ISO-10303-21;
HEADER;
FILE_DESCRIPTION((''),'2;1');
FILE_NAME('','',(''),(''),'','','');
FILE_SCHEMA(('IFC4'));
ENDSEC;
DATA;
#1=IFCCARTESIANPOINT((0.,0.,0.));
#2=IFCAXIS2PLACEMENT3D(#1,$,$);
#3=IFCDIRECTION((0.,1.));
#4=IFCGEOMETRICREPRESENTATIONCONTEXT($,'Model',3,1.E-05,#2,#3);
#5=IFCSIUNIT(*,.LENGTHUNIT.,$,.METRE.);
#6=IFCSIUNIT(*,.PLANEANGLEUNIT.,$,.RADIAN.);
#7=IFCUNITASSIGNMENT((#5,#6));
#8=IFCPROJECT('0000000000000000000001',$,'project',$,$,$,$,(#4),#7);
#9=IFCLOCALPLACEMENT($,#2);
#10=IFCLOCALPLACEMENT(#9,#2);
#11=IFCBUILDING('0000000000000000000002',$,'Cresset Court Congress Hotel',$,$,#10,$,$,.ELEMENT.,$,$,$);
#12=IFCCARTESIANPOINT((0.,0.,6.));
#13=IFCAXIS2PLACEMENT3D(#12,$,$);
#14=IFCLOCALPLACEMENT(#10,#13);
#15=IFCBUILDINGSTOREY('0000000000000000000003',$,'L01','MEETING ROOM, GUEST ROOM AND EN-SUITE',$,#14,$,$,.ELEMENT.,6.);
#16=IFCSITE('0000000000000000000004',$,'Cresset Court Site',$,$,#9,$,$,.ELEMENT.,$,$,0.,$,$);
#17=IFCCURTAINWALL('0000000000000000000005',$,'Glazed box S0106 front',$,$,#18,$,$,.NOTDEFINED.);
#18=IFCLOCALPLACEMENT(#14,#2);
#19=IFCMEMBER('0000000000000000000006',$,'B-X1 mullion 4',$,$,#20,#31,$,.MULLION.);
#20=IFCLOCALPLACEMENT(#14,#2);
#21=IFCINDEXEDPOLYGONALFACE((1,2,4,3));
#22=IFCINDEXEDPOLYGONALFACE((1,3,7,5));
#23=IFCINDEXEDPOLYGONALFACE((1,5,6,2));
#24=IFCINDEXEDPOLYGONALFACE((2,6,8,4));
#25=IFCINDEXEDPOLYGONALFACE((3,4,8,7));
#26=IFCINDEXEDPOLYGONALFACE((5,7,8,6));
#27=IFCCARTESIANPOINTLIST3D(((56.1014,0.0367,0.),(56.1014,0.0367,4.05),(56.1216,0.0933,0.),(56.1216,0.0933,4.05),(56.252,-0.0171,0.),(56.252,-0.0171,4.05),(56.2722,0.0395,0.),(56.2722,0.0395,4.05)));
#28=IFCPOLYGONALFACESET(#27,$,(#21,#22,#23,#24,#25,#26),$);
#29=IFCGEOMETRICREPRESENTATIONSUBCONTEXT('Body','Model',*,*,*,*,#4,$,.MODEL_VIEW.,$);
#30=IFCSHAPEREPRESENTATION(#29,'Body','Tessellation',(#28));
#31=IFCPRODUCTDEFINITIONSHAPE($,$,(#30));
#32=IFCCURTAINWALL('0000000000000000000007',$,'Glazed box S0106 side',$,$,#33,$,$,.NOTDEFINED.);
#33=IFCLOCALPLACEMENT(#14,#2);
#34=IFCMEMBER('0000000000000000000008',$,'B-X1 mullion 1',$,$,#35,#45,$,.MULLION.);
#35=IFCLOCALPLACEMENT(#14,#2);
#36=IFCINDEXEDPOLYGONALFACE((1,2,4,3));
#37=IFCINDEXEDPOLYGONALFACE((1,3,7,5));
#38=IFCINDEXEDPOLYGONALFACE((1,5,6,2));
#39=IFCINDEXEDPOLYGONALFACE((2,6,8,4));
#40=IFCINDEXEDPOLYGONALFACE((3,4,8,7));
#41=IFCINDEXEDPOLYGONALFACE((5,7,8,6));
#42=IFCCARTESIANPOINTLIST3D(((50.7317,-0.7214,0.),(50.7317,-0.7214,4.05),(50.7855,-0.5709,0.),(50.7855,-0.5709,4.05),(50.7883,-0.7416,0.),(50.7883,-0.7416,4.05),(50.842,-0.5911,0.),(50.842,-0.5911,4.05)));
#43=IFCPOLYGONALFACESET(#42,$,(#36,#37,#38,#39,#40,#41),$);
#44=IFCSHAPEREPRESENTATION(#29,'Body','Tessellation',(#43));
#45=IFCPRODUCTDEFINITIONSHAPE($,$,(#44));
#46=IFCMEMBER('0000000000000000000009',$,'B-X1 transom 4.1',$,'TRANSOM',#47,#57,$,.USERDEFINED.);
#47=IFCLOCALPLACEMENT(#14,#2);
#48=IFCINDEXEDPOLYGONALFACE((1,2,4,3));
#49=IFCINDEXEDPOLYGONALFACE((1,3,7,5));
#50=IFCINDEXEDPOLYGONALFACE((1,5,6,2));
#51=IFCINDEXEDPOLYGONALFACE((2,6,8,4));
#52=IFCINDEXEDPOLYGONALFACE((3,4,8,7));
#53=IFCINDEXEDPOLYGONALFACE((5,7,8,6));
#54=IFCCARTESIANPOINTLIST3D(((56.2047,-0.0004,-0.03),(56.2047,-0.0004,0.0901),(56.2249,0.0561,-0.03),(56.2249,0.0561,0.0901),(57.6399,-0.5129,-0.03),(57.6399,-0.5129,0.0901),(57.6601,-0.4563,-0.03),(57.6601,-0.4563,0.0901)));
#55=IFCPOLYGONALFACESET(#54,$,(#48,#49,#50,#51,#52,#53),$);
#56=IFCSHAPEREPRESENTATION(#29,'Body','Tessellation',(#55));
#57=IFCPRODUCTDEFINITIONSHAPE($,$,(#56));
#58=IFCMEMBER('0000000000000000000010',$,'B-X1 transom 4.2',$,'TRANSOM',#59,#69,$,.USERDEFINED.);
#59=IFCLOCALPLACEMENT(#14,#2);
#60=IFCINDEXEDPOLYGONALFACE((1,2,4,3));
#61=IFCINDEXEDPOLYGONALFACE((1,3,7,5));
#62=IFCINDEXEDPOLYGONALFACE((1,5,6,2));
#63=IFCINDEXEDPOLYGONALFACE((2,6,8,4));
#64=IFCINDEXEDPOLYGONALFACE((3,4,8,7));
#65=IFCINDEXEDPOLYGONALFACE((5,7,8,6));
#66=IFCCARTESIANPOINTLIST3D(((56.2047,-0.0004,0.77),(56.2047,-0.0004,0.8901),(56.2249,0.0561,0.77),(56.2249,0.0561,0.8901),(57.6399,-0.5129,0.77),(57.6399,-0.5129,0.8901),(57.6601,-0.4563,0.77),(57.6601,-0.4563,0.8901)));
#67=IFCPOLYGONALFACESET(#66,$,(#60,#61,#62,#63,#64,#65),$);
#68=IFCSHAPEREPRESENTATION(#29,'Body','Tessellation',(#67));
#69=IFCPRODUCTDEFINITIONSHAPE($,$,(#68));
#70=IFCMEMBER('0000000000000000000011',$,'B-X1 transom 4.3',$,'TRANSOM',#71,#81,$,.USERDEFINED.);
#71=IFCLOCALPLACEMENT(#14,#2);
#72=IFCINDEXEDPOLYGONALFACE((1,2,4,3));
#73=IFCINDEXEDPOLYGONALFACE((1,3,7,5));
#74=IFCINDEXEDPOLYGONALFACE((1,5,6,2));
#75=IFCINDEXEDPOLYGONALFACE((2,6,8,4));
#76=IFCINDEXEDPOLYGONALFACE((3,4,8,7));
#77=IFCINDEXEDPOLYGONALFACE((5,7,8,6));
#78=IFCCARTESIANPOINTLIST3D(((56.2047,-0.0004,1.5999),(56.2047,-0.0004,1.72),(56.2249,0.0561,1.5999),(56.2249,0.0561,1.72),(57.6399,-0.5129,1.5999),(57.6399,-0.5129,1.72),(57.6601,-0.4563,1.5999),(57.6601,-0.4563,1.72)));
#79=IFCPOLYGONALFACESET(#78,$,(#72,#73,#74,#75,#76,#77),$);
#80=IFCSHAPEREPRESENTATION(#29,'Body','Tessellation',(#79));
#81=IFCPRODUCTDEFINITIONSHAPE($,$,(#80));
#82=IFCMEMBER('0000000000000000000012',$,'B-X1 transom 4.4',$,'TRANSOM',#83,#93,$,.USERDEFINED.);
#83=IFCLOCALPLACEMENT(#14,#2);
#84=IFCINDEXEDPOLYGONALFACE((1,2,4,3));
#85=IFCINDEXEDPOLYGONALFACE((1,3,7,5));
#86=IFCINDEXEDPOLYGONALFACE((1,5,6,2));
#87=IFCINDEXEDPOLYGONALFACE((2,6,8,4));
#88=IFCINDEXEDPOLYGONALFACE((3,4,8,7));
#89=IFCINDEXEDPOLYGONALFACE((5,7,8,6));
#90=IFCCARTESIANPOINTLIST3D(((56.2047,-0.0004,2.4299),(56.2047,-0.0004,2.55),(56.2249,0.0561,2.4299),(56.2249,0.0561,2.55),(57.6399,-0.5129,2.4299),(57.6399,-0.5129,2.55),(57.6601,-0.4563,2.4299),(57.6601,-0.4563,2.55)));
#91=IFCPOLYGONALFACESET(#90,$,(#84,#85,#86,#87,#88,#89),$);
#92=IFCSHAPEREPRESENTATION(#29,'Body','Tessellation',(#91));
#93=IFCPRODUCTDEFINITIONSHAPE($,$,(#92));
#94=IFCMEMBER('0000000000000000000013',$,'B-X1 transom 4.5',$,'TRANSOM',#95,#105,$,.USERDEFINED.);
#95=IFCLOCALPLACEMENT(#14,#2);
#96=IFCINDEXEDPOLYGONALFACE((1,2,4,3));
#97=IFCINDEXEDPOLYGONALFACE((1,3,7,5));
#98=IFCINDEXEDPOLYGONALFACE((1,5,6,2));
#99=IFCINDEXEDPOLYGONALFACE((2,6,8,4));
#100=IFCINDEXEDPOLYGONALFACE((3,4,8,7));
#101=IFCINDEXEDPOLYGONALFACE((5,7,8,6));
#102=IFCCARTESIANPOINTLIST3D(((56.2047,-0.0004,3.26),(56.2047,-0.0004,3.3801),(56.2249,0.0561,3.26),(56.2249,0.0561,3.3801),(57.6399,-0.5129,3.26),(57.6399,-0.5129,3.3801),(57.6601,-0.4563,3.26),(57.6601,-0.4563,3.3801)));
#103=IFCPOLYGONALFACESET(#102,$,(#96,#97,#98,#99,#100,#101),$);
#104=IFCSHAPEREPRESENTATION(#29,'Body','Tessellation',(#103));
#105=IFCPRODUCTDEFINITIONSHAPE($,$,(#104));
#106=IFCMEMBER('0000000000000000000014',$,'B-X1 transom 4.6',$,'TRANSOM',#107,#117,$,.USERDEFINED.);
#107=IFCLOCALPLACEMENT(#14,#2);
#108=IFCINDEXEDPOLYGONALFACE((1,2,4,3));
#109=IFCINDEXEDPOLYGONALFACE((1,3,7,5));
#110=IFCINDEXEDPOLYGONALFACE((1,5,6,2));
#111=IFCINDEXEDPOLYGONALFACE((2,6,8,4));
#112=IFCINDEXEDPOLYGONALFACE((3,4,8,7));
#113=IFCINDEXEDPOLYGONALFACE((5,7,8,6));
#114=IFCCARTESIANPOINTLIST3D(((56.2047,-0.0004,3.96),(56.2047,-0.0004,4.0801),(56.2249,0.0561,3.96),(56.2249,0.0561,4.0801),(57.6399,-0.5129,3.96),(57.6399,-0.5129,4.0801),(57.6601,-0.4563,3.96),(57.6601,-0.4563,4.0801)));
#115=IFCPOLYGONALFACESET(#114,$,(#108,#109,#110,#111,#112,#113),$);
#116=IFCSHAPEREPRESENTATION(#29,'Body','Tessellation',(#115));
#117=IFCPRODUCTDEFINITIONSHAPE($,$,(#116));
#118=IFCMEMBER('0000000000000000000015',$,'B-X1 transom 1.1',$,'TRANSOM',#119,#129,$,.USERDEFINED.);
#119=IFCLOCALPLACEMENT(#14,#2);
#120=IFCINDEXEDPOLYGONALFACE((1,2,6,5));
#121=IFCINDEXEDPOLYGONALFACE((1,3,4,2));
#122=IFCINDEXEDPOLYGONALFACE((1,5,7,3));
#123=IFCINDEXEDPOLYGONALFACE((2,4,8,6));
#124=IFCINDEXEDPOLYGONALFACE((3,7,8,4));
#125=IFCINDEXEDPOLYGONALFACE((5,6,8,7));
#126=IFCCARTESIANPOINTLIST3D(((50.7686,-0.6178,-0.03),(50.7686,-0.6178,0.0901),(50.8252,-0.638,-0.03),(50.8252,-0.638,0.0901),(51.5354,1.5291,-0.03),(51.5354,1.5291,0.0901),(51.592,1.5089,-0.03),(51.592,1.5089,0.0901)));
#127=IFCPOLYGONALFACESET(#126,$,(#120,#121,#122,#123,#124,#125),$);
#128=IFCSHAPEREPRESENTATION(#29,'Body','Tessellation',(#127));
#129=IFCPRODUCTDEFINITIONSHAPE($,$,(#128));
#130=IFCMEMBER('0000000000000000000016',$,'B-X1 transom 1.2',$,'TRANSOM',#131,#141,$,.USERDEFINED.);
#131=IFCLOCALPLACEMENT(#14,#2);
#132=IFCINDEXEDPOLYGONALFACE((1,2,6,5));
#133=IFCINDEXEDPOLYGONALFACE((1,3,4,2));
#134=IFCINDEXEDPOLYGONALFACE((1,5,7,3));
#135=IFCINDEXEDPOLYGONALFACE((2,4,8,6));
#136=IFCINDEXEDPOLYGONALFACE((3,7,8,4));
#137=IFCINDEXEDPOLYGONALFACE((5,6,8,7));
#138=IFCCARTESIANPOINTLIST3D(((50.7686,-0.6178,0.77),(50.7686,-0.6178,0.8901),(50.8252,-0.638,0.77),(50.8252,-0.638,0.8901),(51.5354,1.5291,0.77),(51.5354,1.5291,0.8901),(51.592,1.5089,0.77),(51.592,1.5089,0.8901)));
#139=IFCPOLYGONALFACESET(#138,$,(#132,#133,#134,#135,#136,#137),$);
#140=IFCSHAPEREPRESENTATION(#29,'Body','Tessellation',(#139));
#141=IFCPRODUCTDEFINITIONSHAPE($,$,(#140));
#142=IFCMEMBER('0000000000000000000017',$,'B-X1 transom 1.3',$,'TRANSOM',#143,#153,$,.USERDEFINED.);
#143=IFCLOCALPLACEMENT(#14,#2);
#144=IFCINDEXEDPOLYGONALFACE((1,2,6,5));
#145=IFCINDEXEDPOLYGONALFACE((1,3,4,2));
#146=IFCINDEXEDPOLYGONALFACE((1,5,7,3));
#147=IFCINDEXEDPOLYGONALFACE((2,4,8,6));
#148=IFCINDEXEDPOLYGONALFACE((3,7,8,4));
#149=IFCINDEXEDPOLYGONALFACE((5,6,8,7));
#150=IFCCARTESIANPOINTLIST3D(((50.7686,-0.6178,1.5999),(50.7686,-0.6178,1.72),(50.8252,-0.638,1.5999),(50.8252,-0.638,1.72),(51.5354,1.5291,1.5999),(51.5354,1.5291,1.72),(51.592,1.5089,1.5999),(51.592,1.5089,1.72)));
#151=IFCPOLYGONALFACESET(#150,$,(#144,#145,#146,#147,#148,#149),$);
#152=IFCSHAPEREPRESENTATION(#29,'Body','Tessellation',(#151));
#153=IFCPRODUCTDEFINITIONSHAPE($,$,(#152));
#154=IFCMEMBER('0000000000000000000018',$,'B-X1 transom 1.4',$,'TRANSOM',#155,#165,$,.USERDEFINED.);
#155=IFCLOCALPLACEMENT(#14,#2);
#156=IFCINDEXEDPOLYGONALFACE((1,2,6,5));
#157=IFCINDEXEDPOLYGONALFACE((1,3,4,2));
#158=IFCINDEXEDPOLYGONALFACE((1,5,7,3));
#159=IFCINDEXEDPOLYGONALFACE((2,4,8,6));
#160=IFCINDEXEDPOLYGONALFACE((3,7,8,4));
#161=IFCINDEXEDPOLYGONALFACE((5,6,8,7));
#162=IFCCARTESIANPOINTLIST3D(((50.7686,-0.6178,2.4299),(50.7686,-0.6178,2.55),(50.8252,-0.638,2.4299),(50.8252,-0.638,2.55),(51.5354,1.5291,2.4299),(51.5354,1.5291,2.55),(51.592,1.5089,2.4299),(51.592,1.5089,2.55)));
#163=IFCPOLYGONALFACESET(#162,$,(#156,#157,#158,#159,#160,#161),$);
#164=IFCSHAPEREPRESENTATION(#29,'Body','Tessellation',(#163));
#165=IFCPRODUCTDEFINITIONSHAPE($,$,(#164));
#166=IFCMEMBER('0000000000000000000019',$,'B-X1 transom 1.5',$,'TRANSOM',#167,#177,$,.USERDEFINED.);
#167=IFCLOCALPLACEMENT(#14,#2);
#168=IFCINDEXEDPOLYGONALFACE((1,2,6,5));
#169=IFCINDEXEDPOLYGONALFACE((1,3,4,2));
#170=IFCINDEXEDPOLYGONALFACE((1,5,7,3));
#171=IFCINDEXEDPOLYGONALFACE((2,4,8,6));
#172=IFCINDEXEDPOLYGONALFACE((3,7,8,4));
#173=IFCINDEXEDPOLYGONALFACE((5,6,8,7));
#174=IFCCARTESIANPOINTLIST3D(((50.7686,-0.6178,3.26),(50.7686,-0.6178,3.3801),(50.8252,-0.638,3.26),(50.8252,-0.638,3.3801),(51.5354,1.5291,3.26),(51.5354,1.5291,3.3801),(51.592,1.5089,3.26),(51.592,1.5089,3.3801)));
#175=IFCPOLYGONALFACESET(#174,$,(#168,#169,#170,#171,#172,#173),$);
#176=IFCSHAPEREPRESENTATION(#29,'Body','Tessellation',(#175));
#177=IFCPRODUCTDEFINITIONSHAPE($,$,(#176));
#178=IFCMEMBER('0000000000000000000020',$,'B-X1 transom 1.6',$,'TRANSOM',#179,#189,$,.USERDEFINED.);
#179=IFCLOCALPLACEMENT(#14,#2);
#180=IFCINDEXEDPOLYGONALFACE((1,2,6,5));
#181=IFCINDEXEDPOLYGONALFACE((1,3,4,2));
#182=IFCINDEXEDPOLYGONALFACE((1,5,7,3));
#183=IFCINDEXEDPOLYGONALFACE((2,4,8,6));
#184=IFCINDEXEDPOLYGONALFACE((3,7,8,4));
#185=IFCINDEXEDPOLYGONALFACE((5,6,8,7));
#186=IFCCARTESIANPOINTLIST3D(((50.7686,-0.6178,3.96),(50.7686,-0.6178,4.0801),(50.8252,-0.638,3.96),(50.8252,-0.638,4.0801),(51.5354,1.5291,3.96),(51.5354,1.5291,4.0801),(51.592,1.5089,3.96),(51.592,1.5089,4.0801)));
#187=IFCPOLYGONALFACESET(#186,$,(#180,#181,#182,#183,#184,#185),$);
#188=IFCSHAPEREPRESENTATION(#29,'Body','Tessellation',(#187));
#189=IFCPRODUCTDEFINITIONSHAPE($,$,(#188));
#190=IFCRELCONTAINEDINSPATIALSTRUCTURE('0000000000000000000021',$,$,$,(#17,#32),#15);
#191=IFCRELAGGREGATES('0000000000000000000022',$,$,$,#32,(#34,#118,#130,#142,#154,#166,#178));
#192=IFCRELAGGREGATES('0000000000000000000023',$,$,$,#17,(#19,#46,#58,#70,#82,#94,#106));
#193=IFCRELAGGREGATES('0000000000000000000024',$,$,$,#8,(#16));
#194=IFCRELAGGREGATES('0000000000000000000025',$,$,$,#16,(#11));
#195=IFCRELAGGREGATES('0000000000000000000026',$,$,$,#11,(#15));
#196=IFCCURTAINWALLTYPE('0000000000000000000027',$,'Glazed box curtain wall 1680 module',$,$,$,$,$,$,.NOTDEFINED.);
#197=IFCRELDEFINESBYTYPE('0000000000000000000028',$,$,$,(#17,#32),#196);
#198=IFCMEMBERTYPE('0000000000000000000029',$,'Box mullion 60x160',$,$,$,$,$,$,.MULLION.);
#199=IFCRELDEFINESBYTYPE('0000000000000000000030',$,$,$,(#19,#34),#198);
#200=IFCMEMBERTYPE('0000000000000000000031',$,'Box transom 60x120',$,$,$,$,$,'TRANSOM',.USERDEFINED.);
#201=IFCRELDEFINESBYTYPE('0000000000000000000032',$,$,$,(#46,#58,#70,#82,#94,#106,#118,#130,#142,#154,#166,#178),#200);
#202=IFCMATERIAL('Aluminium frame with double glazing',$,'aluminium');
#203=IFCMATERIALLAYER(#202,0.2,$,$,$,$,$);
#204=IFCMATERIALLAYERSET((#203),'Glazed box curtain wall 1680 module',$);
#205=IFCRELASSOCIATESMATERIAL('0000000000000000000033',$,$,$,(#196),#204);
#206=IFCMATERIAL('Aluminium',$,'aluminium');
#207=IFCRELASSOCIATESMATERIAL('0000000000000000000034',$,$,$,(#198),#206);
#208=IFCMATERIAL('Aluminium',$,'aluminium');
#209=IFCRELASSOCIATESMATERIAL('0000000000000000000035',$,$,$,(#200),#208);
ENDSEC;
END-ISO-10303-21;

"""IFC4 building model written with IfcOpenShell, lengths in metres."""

from ifc_helpers import new_model, si_unit, direction, frame, origin, origin_2d, place, context, subcontext, project, spatial, rectangle, extrude, material, layer, layer_set, material_profile, profile_set, type_object, element, aggregate, save


model = new_model("IFC4")

# Units and contexts
model_context = context("Model", 3, precision=1e-05, world=origin(), true_north=direction((0.0, 1.0)))
body_context = subcontext(model_context, "Body", "Model", "MODEL_VIEW")
ifc_project = project(units=[si_unit("LENGTHUNIT", "METRE"), si_unit("PLANEANGLEUNIT", "RADIAN")], contexts=[model_context])

# Site, building, storey
site_placement = place(None, origin())
site = spatial("IfcSite", under=ifc_project, at=site_placement, Name="Cresset Court Site", CompositionType="ELEMENT", RefElevation=0.0)
building_placement = place(site_placement, origin())
building = spatial("IfcBuilding", under=site, at=building_placement, Name="Cresset Court Congress Hotel", CompositionType="ELEMENT")
storey_placement = place(building_placement, frame((0.0, 0.0, 6.0)))
storey = spatial("IfcBuildingStorey", under=building, at=storey_placement, Name="L01", Description="MEETING ROOM, GUEST ROOM AND EN-SUITE", CompositionType="ELEMENT", Elevation=6.0)

# Curtain walls, members
ifc_material_1 = material(Name="Aluminium frame with double glazing", Category="aluminium")
ifc_layer_1 = layer(ifc_material_1, 0.2)
ifc_layer_set_1 = layer_set([ifc_layer_1], Name="Glazed box curtain wall 1680 module")
curtain_wall_type = type_object("IfcCurtainWallType", Name="Glazed box curtain wall 1680 module", PredefinedType="NOTDEFINED", material=ifc_layer_set_1)
curtain_wall_1_placement = place(storey_placement, origin())
curtain_wall_1 = element("IfcCurtainWall", 1, at=curtain_wall_1_placement, inside=storey, type_object=curtain_wall_type, Name="Glazed box S0106 front", PredefinedType="NOTDEFINED")
ifc_material_2 = material(Name="Aluminium", Category="aluminium")
ifc_material_profile_1 = material_profile(ifc_material_2, rectangle(XDim=0.0601, YDim=0.1599, at=origin_2d()), Name="Box mullion 60x160")
ifc_profile_set_1 = profile_set([ifc_material_profile_1], Name="Aluminium")
member_type_1 = type_object("IfcMemberType", Name="Box mullion 60x160", PredefinedType="MULLION", material=ifc_profile_set_1)
member_1_placement = place(storey_placement, frame((56.1868, 0.0381, 0.0), z_axis=(0.0, 0.0, 1.0), x_axis=(0.336336, 0.941742, 0.0)))
member_1 = element("IfcMember", 2, at=member_1_placement, type_object=member_type_1, Name="B-X1 mullion 4", PredefinedType="MULLION", context=body_context, shape_type="SweptSolid", body=[
    extrude(rectangle(XDim=0.0601, YDim=0.1599, at=origin_2d()), origin(), (0.0, 0.0, 1.0), 4.05),
])
curtain_wall_2_placement = place(storey_placement, origin())
curtain_wall_2 = element("IfcCurtainWall", 3, at=curtain_wall_2_placement, inside=storey, type_object=curtain_wall_type, Name="Glazed box S0106 side", PredefinedType="NOTDEFINED")
member_2_placement = place(storey_placement, frame((50.7869, -0.6562, 0.0), z_axis=(0.0, 0.0, 1.0), x_axis=(-0.941742, 0.336336, 0.0)))
member_2 = element("IfcMember", 4, at=member_2_placement, type_object=member_type_1, Name="B-X1 mullion 1", PredefinedType="MULLION", context=body_context, shape_type="SweptSolid", body=[
    extrude(rectangle(XDim=0.0601, YDim=0.1599, at=origin_2d()), origin(), (0.0, 0.0, 1.0), 4.05),
])

# Members
ifc_material_3 = material(Name="Aluminium", Category="aluminium")
ifc_material_profile_2 = material_profile(ifc_material_3, rectangle(XDim=0.0601, YDim=0.1201, at=origin_2d()), Name="Box transom 60x120")
ifc_profile_set_2 = profile_set([ifc_material_profile_2], Name="Aluminium")
member_type_2 = type_object("IfcMemberType", Name="Box transom 60x120", ElementType="TRANSOM", PredefinedType="USERDEFINED", material=ifc_profile_set_2)
member_3_placement = place(storey_placement, frame((56.2148, 0.0278, 0.03), z_axis=(0.941775, -0.336245, 0.0), x_axis=(0.336245, 0.941775, 0.0)))
member_3 = element("IfcMember", 5, at=member_3_placement, type_object=member_type_2, Name="B-X1 transom 4.1", ObjectType="TRANSOM", PredefinedType="USERDEFINED", context=body_context, shape_type="SweptSolid", body=[
    extrude(rectangle(XDim=0.0601, YDim=0.1201, at=origin_2d()), origin(), (0.0, 0.0, 1.0), 1.5239),
])
member_4_placement = place(storey_placement, frame((56.2148, 0.0278, 0.8301), z_axis=(0.941775, -0.336245, 0.0), x_axis=(0.336245, 0.941775, 0.0)))
member_4 = element("IfcMember", 6, at=member_4_placement, type_object=member_type_2, Name="B-X1 transom 4.2", ObjectType="TRANSOM", PredefinedType="USERDEFINED", context=body_context, shape_type="SweptSolid", body=[
    extrude(rectangle(XDim=0.0601, YDim=0.1201, at=origin_2d()), origin(), (0.0, 0.0, 1.0), 1.5239),
])
member_5_placement = place(storey_placement, frame((56.2148, 0.0278, 1.6599), z_axis=(0.941775, -0.336245, 0.0), x_axis=(0.336245, 0.941775, 0.0)))
member_5 = element("IfcMember", 7, at=member_5_placement, type_object=member_type_2, Name="B-X1 transom 4.3", ObjectType="TRANSOM", PredefinedType="USERDEFINED", context=body_context, shape_type="SweptSolid", body=[
    extrude(rectangle(XDim=0.0601, YDim=0.1201, at=origin_2d()), origin(), (0.0, 0.0, 1.0), 1.5239),
])
member_6_placement = place(storey_placement, frame((56.2148, 0.0278, 2.49), z_axis=(0.941775, -0.336245, 0.0), x_axis=(0.336245, 0.941775, 0.0)))
member_6 = element("IfcMember", 8, at=member_6_placement, type_object=member_type_2, Name="B-X1 transom 4.4", ObjectType="TRANSOM", PredefinedType="USERDEFINED", context=body_context, shape_type="SweptSolid", body=[
    extrude(rectangle(XDim=0.0601, YDim=0.1201, at=origin_2d()), origin(), (0.0, 0.0, 1.0), 1.5239),
])
member_7_placement = place(storey_placement, frame((56.2148, 0.0278, 3.3201), z_axis=(0.941775, -0.336245, 0.0), x_axis=(0.336245, 0.941775, 0.0)))
member_7 = element("IfcMember", 9, at=member_7_placement, type_object=member_type_2, Name="B-X1 transom 4.5", ObjectType="TRANSOM", PredefinedType="USERDEFINED", context=body_context, shape_type="SweptSolid", body=[
    extrude(rectangle(XDim=0.0601, YDim=0.1201, at=origin_2d()), origin(), (0.0, 0.0, 1.0), 1.5239),
])
member_8_placement = place(storey_placement, frame((56.2148, 0.0278, 4.02), z_axis=(0.941775, -0.336245, 0.0), x_axis=(0.336245, 0.941775, 0.0)))
member_8 = element("IfcMember", 10, at=member_8_placement, type_object=member_type_2, Name="B-X1 transom 4.6", ObjectType="TRANSOM", PredefinedType="USERDEFINED", context=body_context, shape_type="SweptSolid", body=[
    extrude(rectangle(XDim=0.0601, YDim=0.1201, at=origin_2d()), origin(), (0.0, 0.0, 1.0), 1.5239),
])
member_9_placement = place(storey_placement, frame((50.7969, -0.6279, 0.03), z_axis=(0.336364, 0.941732, 0.0), x_axis=(-0.941732, 0.336364, 0.0)))
member_9 = element("IfcMember", 11, at=member_9_placement, type_object=member_type_2, Name="B-X1 transom 1.1", ObjectType="TRANSOM", PredefinedType="USERDEFINED", context=body_context, shape_type="SweptSolid", body=[
    extrude(rectangle(XDim=0.0601, YDim=0.1201, at=origin_2d()), origin(), (0.0, 0.0, 1.0), 2.2798),
])
member_10_placement = place(storey_placement, frame((50.7969, -0.6279, 0.8301), z_axis=(0.336364, 0.941732, 0.0), x_axis=(-0.941732, 0.336364, 0.0)))
member_10 = element("IfcMember", 12, at=member_10_placement, type_object=member_type_2, Name="B-X1 transom 1.2", ObjectType="TRANSOM", PredefinedType="USERDEFINED", context=body_context, shape_type="SweptSolid", body=[
    extrude(rectangle(XDim=0.0601, YDim=0.1201, at=origin_2d()), origin(), (0.0, 0.0, 1.0), 2.2798),
])
member_11_placement = place(storey_placement, frame((50.7969, -0.6279, 1.6599), z_axis=(0.336364, 0.941732, 0.0), x_axis=(-0.941732, 0.336364, 0.0)))
member_11 = element("IfcMember", 13, at=member_11_placement, type_object=member_type_2, Name="B-X1 transom 1.3", ObjectType="TRANSOM", PredefinedType="USERDEFINED", context=body_context, shape_type="SweptSolid", body=[
    extrude(rectangle(XDim=0.0601, YDim=0.1201, at=origin_2d()), origin(), (0.0, 0.0, 1.0), 2.2798),
])
member_12_placement = place(storey_placement, frame((50.7969, -0.6279, 2.49), z_axis=(0.336364, 0.941732, 0.0), x_axis=(-0.941732, 0.336364, 0.0)))
member_12 = element("IfcMember", 14, at=member_12_placement, type_object=member_type_2, Name="B-X1 transom 1.4", ObjectType="TRANSOM", PredefinedType="USERDEFINED", context=body_context, shape_type="SweptSolid", body=[
    extrude(rectangle(XDim=0.0601, YDim=0.1201, at=origin_2d()), origin(), (0.0, 0.0, 1.0), 2.2798),
])
member_13_placement = place(storey_placement, frame((50.7969, -0.6279, 3.3201), z_axis=(0.336364, 0.941732, 0.0), x_axis=(-0.941732, 0.336364, 0.0)))
member_13 = element("IfcMember", 15, at=member_13_placement, type_object=member_type_2, Name="B-X1 transom 1.5", ObjectType="TRANSOM", PredefinedType="USERDEFINED", context=body_context, shape_type="SweptSolid", body=[
    extrude(rectangle(XDim=0.0601, YDim=0.1201, at=origin_2d()), origin(), (0.0, 0.0, 1.0), 2.2798),
])
member_14_placement = place(storey_placement, frame((50.7969, -0.6279, 4.02), z_axis=(0.336364, 0.941732, 0.0), x_axis=(-0.941732, 0.336364, 0.0)))
member_14 = element("IfcMember", 16, at=member_14_placement, type_object=member_type_2, Name="B-X1 transom 1.6", ObjectType="TRANSOM", PredefinedType="USERDEFINED", context=body_context, shape_type="SweptSolid", body=[
    extrude(rectangle(XDim=0.0601, YDim=0.1201, at=origin_2d()), origin(), (0.0, 0.0, 1.0), 2.2798),
])
aggregate(curtain_wall_2, [member_2, member_9, member_10, member_11, member_12, member_13, member_14])

aggregate(curtain_wall_1, [member_1, member_3, member_4, member_5, member_6, member_7, member_8])

save(model, "model.ifc")
